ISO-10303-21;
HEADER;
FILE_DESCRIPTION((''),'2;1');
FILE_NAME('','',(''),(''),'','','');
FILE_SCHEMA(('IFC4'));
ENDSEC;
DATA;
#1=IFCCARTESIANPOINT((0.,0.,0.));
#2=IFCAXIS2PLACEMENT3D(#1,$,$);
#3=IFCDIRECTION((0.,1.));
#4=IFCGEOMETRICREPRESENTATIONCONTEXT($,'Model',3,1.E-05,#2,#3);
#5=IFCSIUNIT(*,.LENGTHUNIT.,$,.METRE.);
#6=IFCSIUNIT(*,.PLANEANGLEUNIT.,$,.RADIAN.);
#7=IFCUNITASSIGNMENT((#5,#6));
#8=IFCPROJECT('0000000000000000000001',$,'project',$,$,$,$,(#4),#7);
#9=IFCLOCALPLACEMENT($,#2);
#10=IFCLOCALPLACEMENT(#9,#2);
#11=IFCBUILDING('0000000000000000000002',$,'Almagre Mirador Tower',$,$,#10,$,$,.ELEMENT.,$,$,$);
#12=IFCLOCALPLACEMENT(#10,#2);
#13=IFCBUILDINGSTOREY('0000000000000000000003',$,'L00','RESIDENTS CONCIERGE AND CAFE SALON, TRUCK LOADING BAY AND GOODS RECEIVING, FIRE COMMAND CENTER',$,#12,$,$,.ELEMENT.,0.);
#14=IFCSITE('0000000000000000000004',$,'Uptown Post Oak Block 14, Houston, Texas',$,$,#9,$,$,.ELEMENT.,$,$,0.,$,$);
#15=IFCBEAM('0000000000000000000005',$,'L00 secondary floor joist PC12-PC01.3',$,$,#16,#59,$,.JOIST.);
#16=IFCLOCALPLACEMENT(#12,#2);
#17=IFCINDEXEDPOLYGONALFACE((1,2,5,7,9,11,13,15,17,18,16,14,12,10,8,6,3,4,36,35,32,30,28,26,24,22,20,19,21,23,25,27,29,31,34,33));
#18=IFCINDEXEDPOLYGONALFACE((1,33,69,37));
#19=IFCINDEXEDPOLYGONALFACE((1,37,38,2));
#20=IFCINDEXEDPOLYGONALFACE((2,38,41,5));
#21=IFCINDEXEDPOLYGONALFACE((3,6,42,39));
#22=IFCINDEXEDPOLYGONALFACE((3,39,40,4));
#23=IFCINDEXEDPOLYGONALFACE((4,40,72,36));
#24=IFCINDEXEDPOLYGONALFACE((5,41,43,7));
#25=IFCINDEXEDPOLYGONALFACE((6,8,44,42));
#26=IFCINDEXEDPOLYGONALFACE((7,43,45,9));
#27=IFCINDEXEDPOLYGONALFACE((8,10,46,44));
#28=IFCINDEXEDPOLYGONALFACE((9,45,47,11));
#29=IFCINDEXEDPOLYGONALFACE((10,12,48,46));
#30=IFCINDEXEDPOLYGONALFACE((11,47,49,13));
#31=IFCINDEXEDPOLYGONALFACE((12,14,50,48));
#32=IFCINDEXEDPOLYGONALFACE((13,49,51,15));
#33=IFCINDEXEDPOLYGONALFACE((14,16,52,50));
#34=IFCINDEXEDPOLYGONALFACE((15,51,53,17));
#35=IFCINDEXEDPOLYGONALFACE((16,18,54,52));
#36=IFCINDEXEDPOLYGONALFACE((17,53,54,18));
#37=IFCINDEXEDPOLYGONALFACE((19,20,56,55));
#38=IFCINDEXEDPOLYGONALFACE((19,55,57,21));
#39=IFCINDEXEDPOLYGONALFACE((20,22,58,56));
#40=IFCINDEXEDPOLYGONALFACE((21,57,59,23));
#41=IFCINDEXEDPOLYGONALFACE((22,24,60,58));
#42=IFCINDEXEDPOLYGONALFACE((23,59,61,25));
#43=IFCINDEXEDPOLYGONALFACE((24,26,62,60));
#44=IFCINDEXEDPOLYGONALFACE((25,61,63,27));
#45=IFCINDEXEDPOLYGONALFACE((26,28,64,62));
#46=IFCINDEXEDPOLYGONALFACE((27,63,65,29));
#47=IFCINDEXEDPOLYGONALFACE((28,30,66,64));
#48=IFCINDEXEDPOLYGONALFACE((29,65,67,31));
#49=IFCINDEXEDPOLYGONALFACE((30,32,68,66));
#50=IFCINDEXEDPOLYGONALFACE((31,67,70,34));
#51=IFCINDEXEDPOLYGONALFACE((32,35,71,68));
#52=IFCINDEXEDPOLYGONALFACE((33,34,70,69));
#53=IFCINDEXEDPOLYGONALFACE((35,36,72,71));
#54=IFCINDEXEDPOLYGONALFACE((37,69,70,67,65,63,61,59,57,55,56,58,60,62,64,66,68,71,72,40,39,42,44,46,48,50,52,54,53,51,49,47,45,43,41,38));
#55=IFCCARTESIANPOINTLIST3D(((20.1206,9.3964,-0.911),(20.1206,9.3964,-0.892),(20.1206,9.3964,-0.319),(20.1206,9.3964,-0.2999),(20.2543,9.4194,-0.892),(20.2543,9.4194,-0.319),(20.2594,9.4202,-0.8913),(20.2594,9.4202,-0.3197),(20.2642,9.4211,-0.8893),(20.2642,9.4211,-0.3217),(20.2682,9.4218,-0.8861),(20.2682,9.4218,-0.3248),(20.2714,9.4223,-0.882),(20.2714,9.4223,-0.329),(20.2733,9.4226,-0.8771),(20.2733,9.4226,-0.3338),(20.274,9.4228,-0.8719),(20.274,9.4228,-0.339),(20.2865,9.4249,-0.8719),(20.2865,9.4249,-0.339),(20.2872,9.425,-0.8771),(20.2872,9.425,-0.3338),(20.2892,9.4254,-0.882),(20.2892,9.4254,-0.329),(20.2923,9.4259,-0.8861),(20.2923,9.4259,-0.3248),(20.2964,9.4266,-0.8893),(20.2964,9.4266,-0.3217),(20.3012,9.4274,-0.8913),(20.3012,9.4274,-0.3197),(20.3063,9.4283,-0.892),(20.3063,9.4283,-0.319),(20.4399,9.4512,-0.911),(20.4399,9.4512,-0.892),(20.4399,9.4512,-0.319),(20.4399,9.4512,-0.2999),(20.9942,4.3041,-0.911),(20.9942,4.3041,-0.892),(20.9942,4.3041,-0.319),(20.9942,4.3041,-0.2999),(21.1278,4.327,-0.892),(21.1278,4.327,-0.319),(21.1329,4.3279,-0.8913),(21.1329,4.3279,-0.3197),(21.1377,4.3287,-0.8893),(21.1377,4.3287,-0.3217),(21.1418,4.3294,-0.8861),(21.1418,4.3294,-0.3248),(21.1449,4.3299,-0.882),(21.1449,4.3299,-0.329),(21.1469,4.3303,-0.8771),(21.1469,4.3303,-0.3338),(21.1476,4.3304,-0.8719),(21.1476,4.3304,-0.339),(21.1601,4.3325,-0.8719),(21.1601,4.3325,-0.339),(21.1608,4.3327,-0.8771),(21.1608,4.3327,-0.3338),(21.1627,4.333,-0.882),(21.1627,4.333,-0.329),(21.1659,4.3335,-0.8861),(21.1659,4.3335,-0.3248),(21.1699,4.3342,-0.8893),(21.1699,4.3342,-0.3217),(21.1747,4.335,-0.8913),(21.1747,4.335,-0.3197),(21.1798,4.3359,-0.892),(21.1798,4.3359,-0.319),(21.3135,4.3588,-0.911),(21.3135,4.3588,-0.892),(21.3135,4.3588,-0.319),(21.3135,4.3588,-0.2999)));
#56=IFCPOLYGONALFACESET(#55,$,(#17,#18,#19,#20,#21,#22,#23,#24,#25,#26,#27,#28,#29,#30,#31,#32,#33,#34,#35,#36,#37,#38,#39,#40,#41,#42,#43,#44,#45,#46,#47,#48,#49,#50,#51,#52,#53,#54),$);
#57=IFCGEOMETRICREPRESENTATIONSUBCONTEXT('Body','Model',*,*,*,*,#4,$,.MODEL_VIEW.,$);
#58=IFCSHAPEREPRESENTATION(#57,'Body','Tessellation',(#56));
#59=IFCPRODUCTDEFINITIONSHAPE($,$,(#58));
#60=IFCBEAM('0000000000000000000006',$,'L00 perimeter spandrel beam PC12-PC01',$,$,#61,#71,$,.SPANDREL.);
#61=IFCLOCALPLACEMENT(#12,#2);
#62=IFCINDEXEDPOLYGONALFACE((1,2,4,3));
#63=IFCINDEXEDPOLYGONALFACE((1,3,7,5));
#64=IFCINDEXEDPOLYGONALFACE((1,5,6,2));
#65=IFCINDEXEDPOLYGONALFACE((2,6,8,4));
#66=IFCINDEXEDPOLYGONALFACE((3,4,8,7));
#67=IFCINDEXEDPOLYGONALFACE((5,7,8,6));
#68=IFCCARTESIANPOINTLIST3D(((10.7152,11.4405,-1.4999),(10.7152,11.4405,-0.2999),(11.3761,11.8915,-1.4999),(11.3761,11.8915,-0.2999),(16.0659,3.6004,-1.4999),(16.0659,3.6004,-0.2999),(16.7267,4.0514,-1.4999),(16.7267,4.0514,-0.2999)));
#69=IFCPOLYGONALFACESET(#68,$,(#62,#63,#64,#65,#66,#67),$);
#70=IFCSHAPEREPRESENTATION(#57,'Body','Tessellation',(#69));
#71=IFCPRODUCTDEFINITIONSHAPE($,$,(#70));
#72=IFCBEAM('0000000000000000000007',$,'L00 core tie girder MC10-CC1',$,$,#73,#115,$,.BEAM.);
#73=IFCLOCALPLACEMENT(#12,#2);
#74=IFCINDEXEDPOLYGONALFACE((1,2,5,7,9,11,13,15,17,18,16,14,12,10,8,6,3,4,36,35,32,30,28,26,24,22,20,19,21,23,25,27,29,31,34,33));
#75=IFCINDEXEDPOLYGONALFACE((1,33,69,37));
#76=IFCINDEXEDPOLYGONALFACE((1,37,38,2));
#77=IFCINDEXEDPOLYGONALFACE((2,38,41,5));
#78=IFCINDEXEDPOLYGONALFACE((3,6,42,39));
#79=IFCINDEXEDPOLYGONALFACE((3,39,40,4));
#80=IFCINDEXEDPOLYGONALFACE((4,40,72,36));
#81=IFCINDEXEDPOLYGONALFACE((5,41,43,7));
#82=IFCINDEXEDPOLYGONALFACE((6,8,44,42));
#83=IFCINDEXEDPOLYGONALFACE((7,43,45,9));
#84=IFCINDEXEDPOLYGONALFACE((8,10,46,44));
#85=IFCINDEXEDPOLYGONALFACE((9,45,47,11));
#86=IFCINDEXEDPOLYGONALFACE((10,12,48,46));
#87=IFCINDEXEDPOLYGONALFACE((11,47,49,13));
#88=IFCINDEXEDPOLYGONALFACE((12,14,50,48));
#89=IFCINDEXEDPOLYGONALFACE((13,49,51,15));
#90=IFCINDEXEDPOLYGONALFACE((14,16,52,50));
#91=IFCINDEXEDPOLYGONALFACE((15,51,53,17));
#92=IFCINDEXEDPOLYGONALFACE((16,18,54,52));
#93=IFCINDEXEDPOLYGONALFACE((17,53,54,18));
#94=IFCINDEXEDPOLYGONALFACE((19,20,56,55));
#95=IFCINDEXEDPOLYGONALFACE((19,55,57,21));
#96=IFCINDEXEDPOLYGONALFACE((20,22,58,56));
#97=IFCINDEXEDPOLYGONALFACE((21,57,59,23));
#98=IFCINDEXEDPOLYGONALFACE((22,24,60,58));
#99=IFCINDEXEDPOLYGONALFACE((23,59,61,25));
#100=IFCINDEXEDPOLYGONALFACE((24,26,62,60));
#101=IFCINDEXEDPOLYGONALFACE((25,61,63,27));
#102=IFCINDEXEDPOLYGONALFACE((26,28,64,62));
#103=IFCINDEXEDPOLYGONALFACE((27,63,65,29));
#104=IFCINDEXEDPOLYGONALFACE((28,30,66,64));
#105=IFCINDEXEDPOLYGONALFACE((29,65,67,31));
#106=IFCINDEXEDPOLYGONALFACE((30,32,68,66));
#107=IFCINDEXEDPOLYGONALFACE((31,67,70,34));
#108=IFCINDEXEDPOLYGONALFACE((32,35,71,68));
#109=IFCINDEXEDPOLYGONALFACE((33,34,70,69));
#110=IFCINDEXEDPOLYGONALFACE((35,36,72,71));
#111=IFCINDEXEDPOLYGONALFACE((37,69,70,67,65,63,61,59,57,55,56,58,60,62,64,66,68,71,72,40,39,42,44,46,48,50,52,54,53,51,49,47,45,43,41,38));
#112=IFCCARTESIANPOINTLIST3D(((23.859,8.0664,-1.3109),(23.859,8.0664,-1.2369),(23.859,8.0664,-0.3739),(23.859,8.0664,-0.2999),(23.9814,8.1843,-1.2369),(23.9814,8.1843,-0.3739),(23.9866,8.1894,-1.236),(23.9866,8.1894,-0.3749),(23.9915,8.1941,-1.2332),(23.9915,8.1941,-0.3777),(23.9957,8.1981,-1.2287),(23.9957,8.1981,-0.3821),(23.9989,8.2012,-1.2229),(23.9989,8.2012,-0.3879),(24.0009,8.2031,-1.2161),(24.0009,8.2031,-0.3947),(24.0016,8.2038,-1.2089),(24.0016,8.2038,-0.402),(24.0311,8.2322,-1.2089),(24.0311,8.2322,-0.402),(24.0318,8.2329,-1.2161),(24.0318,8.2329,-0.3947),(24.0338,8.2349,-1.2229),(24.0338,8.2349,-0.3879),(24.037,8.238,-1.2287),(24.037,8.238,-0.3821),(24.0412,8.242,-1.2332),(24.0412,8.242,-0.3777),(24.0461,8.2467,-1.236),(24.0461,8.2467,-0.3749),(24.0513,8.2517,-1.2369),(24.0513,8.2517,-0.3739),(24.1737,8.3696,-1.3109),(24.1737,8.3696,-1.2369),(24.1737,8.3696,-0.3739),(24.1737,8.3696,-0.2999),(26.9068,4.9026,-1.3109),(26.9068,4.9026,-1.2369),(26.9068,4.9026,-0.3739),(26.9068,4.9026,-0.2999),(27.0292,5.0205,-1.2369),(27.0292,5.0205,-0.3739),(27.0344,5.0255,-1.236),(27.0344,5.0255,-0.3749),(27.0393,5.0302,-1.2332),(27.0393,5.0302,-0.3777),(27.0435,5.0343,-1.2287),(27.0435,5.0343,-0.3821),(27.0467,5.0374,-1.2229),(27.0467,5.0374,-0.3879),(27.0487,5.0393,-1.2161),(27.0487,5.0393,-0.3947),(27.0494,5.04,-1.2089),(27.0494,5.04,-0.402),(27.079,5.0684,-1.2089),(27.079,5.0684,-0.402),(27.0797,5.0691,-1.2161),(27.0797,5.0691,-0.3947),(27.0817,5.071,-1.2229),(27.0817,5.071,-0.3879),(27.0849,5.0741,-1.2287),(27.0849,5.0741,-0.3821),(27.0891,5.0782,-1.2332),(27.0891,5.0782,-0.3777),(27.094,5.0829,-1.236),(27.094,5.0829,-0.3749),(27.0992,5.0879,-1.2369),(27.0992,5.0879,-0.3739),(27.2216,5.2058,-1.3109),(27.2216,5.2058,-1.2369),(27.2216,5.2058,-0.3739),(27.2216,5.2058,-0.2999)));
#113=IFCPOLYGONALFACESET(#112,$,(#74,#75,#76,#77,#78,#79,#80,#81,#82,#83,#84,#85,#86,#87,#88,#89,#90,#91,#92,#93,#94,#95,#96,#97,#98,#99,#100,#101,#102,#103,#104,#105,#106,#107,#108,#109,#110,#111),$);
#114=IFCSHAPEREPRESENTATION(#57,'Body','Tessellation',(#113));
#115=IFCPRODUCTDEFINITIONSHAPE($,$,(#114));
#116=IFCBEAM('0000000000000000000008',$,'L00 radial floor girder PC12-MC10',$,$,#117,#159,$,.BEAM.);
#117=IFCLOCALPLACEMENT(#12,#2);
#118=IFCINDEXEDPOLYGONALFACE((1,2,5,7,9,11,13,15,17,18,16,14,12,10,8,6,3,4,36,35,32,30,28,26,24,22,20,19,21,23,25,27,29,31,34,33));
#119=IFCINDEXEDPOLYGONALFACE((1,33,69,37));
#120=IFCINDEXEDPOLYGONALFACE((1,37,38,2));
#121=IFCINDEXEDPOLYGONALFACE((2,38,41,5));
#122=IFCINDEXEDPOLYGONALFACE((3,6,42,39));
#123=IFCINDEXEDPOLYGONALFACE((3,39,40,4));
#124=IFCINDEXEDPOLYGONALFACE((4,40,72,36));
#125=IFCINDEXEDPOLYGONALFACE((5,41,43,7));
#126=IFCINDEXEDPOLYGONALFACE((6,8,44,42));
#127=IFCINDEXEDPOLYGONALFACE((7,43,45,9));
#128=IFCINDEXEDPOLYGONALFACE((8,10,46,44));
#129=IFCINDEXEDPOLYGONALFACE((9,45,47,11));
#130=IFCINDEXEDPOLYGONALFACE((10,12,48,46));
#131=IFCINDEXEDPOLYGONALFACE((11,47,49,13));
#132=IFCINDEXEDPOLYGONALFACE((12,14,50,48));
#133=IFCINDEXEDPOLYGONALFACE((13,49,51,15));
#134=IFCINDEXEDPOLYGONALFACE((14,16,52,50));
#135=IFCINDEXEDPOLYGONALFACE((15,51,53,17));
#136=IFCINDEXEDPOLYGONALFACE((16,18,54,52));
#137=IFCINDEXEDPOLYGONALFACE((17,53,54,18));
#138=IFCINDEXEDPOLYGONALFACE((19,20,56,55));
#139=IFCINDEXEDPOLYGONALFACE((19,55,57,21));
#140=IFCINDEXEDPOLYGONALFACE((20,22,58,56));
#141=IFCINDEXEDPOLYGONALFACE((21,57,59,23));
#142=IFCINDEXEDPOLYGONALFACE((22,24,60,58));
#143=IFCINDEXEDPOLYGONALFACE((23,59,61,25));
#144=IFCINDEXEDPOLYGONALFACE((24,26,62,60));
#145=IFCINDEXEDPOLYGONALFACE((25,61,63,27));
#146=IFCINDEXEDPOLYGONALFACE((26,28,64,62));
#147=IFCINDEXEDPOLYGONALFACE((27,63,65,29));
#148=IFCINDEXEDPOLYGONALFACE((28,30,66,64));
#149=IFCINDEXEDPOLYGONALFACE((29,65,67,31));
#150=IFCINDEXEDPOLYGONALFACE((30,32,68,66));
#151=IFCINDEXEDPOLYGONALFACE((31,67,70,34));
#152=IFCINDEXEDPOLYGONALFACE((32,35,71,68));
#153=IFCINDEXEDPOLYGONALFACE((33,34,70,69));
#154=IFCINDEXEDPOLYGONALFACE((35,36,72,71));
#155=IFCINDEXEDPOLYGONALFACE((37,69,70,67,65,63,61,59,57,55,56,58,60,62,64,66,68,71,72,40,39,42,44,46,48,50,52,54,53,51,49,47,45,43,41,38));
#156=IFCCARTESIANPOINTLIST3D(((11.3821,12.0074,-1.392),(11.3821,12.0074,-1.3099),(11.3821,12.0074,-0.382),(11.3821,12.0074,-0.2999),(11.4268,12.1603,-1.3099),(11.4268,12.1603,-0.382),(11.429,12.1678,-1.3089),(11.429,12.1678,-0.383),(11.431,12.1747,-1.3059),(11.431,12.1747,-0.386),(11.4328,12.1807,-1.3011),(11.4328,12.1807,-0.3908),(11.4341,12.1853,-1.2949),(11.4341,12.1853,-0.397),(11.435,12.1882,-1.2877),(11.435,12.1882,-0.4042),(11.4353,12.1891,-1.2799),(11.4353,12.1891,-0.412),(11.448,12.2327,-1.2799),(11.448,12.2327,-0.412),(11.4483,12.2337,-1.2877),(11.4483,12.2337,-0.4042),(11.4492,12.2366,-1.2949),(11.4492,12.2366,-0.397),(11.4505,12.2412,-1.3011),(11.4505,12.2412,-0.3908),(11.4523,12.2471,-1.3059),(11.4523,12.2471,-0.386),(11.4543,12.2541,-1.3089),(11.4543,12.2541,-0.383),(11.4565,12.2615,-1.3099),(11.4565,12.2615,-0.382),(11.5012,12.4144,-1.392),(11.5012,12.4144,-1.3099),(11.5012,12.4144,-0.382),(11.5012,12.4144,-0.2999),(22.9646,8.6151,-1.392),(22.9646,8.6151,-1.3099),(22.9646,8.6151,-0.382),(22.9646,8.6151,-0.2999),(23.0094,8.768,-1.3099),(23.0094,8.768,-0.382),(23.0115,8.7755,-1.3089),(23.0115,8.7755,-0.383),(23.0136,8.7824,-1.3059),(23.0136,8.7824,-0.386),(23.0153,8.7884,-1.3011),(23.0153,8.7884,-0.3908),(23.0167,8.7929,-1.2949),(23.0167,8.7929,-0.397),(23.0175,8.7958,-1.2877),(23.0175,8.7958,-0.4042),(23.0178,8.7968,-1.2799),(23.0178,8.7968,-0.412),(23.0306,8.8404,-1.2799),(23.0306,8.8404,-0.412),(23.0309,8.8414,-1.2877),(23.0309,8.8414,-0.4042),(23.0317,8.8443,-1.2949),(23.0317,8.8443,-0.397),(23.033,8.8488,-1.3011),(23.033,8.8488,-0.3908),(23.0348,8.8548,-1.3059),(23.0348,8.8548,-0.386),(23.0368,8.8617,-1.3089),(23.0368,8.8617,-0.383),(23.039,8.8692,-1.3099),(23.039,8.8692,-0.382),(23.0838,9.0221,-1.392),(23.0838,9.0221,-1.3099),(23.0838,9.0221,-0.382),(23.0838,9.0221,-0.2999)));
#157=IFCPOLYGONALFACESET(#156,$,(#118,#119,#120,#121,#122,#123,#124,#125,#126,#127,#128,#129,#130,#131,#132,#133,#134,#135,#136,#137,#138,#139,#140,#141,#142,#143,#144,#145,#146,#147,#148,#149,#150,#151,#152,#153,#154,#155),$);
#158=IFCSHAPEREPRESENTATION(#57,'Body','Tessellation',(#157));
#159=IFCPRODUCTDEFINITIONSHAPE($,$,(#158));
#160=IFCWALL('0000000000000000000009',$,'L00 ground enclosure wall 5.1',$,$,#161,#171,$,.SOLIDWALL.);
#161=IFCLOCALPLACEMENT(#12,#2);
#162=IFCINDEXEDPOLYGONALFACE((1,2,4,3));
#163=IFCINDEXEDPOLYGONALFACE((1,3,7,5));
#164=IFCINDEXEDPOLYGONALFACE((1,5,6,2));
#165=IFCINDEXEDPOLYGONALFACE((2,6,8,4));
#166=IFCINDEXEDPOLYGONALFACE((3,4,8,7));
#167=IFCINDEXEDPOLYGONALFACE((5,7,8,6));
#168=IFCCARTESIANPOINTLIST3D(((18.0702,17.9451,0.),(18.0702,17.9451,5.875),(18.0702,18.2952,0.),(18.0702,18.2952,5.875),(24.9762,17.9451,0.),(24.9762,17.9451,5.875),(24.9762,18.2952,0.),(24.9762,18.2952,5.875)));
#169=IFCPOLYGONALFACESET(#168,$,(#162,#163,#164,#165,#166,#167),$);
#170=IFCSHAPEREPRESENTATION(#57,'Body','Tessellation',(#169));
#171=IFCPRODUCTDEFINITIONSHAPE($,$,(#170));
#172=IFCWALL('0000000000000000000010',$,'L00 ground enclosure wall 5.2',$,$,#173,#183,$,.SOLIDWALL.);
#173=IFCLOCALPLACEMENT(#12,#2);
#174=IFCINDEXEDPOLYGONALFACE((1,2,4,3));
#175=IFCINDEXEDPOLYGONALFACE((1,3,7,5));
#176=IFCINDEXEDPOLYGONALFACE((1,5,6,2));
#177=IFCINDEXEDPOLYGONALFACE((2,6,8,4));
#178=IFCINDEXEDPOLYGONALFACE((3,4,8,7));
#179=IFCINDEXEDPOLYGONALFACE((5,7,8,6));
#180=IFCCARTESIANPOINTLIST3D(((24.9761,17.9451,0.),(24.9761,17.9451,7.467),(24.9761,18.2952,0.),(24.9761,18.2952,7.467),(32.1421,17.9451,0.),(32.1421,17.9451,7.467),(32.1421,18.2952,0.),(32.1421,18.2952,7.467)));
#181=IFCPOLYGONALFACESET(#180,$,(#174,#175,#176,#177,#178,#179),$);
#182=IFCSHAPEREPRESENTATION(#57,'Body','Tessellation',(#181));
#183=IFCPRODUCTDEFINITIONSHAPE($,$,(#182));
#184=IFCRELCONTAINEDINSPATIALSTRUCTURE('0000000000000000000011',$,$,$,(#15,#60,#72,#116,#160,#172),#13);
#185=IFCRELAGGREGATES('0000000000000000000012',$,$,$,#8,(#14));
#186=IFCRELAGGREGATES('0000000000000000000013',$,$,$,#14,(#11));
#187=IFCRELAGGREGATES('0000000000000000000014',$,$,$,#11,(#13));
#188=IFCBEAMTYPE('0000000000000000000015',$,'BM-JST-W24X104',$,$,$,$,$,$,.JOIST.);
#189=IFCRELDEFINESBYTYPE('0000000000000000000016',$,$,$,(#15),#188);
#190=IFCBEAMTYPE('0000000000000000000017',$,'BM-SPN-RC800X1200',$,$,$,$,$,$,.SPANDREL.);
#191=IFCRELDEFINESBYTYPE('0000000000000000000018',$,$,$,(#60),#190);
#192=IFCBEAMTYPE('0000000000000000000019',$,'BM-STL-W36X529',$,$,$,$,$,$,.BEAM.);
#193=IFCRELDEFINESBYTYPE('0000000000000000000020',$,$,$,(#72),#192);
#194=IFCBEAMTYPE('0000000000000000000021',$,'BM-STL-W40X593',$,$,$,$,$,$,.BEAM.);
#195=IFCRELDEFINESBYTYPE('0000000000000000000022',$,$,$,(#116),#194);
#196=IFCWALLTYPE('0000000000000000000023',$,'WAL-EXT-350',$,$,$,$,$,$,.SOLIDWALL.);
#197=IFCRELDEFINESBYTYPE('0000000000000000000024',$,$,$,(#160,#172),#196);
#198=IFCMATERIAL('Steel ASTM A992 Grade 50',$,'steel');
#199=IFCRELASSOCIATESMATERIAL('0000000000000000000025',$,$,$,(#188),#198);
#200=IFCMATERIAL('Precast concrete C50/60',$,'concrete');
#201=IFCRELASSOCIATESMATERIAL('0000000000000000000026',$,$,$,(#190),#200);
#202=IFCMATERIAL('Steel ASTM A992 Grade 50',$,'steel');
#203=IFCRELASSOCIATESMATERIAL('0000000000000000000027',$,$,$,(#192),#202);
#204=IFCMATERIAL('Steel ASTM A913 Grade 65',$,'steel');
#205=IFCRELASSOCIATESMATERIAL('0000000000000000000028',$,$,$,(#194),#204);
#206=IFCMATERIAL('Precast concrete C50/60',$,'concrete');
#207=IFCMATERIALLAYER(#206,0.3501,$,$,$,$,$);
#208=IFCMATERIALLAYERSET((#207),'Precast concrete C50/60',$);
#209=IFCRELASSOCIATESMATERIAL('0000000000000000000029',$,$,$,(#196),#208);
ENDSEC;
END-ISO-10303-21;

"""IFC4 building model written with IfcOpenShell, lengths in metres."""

from ifc_helpers import new_model, si_unit, direction, frame, frame_2d, origin, origin_2d, place, context, subcontext, project, spatial, rectangle, i_section, extrude, material, layer, layer_set, material_profile, profile_set, type_object, element, save


model = new_model("IFC4")

# Units and contexts
model_context = context("Model", 3, precision=1e-05, world=origin(), true_north=direction((0.0, 1.0)))
body_context = subcontext(model_context, "Body", "Model", "MODEL_VIEW")
ifc_project = project(units=[si_unit("LENGTHUNIT", "METRE"), si_unit("PLANEANGLEUNIT", "RADIAN")], contexts=[model_context])

# Site, building, storey
site_placement = place(None, origin())
site = spatial("IfcSite", under=ifc_project, at=site_placement, Name="Uptown Post Oak Block 14, Houston, Texas", CompositionType="ELEMENT", RefElevation=0.0)
building_placement = place(site_placement, origin())
building = spatial("IfcBuilding", under=site, at=building_placement, Name="Almagre Mirador Tower", CompositionType="ELEMENT")
storey_placement = place(building_placement, origin())
storey = spatial("IfcBuildingStorey", under=building, at=storey_placement, Name="L00", Description="RESIDENTS CONCIERGE AND CAFE SALON, TRUCK LOADING BAY AND GOODS RECEIVING, FIRE COMMAND CENTER", CompositionType="ELEMENT", Elevation=0.0)

# Beams
ifc_material_1 = material(Name="Steel ASTM A992 Grade 50", Category="steel")
ifc_material_profile_1 = material_profile(ifc_material_1, i_section(OverallWidth=0.324, OverallDepth=0.6111, WebThickness=0.0127, FlangeThickness=0.019, FilletRadius=0.02, at=origin_2d()), Name="W24X104")
ifc_profile_set_1 = profile_set([ifc_material_profile_1], Name="Steel ASTM A992 Grade 50")
beam_type_1 = type_object("IfcBeamType", Name="BM-JST-W24X104", PredefinedType="JOIST", material=ifc_profile_set_1)
beam_1_placement = place(storey_placement, frame((20.2803, 9.4238, -0.6055), z_axis=(0.169071, -0.985604, 0.0), x_axis=(0.985604, 0.169071, 0.0)))
element("IfcBeam", 1, at=beam_1_placement, inside=storey, type_object=beam_type_1, Name="L00 secondary floor joist PC12-PC01.3", PredefinedType="JOIST", context=body_context, shape_type="SweptSolid", body=[
    extrude(i_section(OverallWidth=0.324, OverallDepth=0.6111, WebThickness=0.0127, FlangeThickness=0.019, FilletRadius=0.02, at=origin_2d()), origin(), (0.0, 0.0, 1.0), 5.1667),
])
ifc_material_2 = material(Name="Precast concrete C50/60", Category="concrete")
ifc_material_profile_2 = material_profile(ifc_material_2, rectangle(XDim=0.8, YDim=1.2, at=origin_2d()), Name="RC800X1200")
ifc_profile_set_2 = profile_set([ifc_material_profile_2], Name="Precast concrete C50/60")
beam_type_2 = type_object("IfcBeamType", Name="BM-SPN-RC800X1200", PredefinedType="SPANDREL", material=ifc_profile_set_2)
beam_2_placement = place(storey_placement, frame((11.0457, 11.666, -0.8999), z_axis=(0.563702, -0.825979, 0.0), x_axis=(0.825979, 0.563702, 0.0)))
element("IfcBeam", 2, at=beam_2_placement, inside=storey, type_object=beam_type_2, Name="L00 perimeter spandrel beam PC12-PC01", PredefinedType="SPANDREL", context=body_context, shape_type="SweptSolid", body=[
    extrude(rectangle(XDim=0.8, YDim=1.2, at=origin_2d()), origin(), (0.0, 0.0, 1.0), 9.4919),
])
ifc_material_3 = material(Name="Steel ASTM A992 Grade 50", Category="steel")
ifc_material_profile_3 = material_profile(ifc_material_3, i_section(OverallWidth=0.437, OverallDepth=1.011, WebThickness=0.041, FlangeThickness=0.074, FilletRadius=0.0281, at=origin_2d()), Name="W36X529")
ifc_profile_set_3 = profile_set([ifc_material_profile_3], Name="Steel ASTM A992 Grade 50")
beam_type_3 = type_object("IfcBeamType", Name="BM-STL-W36X529", PredefinedType="BEAM", material=ifc_profile_set_3)
beam_3_placement = place(storey_placement, frame((24.0164, 8.218, -0.8054), z_axis=(0.693785, -0.720182, 0.0), x_axis=(0.720182, 0.693785, 0.0)))
element("IfcBeam", 3, at=beam_3_placement, inside=storey, type_object=beam_type_3, Name="L00 core tie girder MC10-CC1", PredefinedType="BEAM", context=body_context, shape_type="SweptSolid", body=[
    extrude(i_section(OverallWidth=0.437, OverallDepth=1.011, WebThickness=0.041, FlangeThickness=0.074, FilletRadius=0.0281, at=origin_2d()), origin(), (0.0, 0.0, 1.0), 4.3931),
])
ifc_material_4 = material(Name="Steel ASTM A913 Grade 65", Category="steel")
ifc_material_profile_4 = material_profile(ifc_material_4, i_section(OverallWidth=0.4241, OverallDepth=1.092, WebThickness=0.0454, FlangeThickness=0.082, FilletRadius=0.03, at=origin_2d()), Name="W40X593")
ifc_profile_set_4 = profile_set([ifc_material_profile_4], Name="Steel ASTM A913 Grade 65")
beam_type_4 = type_object("IfcBeamType", Name="BM-STL-W40X593", PredefinedType="BEAM", material=ifc_profile_set_4)
beam_4_placement = place(storey_placement, frame((11.4417, 12.2109, -0.8459), z_axis=(0.959685, -0.281076, 0.0), x_axis=(0.281076, 0.959685, 0.0)))
element("IfcBeam", 4, at=beam_4_placement, inside=storey, type_object=beam_type_4, Name="L00 radial floor girder PC12-MC10", PredefinedType="BEAM", context=body_context, shape_type="SweptSolid", body=[
    extrude(i_section(OverallWidth=0.4241, OverallDepth=1.092, WebThickness=0.0454, FlangeThickness=0.082, FilletRadius=0.03, at=origin_2d()), origin(), (0.0, 0.0, 1.0), 12.0691),
])

# Walls
ifc_material_5 = material(Name="Precast concrete C50/60", Category="concrete")
ifc_layer_1 = layer(ifc_material_5, 0.3501)
ifc_layer_set_1 = layer_set([ifc_layer_1], Name="Precast concrete C50/60")
wall_type_1 = type_object("IfcWallType", Name="WAL-EXT-350", PredefinedType="SOLIDWALL", material=ifc_layer_set_1)
wall_1_placement = place(storey_placement, frame((18.0701, 18.1201, 0.0), z_axis=(0.0, 0.0, 1.0), x_axis=(1.0, 0.0, 0.0)))
element("IfcWall", 5, at=wall_1_placement, inside=storey, type_object=wall_type_1, Name="L00 ground enclosure wall 5.1", PredefinedType="SOLIDWALL", context=body_context, shape_type="SweptSolid", body=[
    extrude(rectangle(XDim=6.906, YDim=0.3501, at=frame_2d((3.4531, 0.0))), origin(), (0.0, 0.0, 1.0), 5.875),
])
wall_2_placement = place(storey_placement, frame((24.9761, 18.1201, 0.0), z_axis=(0.0, 0.0, 1.0), x_axis=(1.0, 0.0, 0.0)))
element("IfcWall", 6, at=wall_2_placement, inside=storey, type_object=wall_type_1, Name="L00 ground enclosure wall 5.2", PredefinedType="SOLIDWALL", context=body_context, shape_type="SweptSolid", body=[
    extrude(rectangle(XDim=7.166, YDim=0.3501, at=frame_2d((3.583, 0.0))), origin(), (0.0, 0.0, 1.0), 7.467),
])

save(model, "model.ifc")
